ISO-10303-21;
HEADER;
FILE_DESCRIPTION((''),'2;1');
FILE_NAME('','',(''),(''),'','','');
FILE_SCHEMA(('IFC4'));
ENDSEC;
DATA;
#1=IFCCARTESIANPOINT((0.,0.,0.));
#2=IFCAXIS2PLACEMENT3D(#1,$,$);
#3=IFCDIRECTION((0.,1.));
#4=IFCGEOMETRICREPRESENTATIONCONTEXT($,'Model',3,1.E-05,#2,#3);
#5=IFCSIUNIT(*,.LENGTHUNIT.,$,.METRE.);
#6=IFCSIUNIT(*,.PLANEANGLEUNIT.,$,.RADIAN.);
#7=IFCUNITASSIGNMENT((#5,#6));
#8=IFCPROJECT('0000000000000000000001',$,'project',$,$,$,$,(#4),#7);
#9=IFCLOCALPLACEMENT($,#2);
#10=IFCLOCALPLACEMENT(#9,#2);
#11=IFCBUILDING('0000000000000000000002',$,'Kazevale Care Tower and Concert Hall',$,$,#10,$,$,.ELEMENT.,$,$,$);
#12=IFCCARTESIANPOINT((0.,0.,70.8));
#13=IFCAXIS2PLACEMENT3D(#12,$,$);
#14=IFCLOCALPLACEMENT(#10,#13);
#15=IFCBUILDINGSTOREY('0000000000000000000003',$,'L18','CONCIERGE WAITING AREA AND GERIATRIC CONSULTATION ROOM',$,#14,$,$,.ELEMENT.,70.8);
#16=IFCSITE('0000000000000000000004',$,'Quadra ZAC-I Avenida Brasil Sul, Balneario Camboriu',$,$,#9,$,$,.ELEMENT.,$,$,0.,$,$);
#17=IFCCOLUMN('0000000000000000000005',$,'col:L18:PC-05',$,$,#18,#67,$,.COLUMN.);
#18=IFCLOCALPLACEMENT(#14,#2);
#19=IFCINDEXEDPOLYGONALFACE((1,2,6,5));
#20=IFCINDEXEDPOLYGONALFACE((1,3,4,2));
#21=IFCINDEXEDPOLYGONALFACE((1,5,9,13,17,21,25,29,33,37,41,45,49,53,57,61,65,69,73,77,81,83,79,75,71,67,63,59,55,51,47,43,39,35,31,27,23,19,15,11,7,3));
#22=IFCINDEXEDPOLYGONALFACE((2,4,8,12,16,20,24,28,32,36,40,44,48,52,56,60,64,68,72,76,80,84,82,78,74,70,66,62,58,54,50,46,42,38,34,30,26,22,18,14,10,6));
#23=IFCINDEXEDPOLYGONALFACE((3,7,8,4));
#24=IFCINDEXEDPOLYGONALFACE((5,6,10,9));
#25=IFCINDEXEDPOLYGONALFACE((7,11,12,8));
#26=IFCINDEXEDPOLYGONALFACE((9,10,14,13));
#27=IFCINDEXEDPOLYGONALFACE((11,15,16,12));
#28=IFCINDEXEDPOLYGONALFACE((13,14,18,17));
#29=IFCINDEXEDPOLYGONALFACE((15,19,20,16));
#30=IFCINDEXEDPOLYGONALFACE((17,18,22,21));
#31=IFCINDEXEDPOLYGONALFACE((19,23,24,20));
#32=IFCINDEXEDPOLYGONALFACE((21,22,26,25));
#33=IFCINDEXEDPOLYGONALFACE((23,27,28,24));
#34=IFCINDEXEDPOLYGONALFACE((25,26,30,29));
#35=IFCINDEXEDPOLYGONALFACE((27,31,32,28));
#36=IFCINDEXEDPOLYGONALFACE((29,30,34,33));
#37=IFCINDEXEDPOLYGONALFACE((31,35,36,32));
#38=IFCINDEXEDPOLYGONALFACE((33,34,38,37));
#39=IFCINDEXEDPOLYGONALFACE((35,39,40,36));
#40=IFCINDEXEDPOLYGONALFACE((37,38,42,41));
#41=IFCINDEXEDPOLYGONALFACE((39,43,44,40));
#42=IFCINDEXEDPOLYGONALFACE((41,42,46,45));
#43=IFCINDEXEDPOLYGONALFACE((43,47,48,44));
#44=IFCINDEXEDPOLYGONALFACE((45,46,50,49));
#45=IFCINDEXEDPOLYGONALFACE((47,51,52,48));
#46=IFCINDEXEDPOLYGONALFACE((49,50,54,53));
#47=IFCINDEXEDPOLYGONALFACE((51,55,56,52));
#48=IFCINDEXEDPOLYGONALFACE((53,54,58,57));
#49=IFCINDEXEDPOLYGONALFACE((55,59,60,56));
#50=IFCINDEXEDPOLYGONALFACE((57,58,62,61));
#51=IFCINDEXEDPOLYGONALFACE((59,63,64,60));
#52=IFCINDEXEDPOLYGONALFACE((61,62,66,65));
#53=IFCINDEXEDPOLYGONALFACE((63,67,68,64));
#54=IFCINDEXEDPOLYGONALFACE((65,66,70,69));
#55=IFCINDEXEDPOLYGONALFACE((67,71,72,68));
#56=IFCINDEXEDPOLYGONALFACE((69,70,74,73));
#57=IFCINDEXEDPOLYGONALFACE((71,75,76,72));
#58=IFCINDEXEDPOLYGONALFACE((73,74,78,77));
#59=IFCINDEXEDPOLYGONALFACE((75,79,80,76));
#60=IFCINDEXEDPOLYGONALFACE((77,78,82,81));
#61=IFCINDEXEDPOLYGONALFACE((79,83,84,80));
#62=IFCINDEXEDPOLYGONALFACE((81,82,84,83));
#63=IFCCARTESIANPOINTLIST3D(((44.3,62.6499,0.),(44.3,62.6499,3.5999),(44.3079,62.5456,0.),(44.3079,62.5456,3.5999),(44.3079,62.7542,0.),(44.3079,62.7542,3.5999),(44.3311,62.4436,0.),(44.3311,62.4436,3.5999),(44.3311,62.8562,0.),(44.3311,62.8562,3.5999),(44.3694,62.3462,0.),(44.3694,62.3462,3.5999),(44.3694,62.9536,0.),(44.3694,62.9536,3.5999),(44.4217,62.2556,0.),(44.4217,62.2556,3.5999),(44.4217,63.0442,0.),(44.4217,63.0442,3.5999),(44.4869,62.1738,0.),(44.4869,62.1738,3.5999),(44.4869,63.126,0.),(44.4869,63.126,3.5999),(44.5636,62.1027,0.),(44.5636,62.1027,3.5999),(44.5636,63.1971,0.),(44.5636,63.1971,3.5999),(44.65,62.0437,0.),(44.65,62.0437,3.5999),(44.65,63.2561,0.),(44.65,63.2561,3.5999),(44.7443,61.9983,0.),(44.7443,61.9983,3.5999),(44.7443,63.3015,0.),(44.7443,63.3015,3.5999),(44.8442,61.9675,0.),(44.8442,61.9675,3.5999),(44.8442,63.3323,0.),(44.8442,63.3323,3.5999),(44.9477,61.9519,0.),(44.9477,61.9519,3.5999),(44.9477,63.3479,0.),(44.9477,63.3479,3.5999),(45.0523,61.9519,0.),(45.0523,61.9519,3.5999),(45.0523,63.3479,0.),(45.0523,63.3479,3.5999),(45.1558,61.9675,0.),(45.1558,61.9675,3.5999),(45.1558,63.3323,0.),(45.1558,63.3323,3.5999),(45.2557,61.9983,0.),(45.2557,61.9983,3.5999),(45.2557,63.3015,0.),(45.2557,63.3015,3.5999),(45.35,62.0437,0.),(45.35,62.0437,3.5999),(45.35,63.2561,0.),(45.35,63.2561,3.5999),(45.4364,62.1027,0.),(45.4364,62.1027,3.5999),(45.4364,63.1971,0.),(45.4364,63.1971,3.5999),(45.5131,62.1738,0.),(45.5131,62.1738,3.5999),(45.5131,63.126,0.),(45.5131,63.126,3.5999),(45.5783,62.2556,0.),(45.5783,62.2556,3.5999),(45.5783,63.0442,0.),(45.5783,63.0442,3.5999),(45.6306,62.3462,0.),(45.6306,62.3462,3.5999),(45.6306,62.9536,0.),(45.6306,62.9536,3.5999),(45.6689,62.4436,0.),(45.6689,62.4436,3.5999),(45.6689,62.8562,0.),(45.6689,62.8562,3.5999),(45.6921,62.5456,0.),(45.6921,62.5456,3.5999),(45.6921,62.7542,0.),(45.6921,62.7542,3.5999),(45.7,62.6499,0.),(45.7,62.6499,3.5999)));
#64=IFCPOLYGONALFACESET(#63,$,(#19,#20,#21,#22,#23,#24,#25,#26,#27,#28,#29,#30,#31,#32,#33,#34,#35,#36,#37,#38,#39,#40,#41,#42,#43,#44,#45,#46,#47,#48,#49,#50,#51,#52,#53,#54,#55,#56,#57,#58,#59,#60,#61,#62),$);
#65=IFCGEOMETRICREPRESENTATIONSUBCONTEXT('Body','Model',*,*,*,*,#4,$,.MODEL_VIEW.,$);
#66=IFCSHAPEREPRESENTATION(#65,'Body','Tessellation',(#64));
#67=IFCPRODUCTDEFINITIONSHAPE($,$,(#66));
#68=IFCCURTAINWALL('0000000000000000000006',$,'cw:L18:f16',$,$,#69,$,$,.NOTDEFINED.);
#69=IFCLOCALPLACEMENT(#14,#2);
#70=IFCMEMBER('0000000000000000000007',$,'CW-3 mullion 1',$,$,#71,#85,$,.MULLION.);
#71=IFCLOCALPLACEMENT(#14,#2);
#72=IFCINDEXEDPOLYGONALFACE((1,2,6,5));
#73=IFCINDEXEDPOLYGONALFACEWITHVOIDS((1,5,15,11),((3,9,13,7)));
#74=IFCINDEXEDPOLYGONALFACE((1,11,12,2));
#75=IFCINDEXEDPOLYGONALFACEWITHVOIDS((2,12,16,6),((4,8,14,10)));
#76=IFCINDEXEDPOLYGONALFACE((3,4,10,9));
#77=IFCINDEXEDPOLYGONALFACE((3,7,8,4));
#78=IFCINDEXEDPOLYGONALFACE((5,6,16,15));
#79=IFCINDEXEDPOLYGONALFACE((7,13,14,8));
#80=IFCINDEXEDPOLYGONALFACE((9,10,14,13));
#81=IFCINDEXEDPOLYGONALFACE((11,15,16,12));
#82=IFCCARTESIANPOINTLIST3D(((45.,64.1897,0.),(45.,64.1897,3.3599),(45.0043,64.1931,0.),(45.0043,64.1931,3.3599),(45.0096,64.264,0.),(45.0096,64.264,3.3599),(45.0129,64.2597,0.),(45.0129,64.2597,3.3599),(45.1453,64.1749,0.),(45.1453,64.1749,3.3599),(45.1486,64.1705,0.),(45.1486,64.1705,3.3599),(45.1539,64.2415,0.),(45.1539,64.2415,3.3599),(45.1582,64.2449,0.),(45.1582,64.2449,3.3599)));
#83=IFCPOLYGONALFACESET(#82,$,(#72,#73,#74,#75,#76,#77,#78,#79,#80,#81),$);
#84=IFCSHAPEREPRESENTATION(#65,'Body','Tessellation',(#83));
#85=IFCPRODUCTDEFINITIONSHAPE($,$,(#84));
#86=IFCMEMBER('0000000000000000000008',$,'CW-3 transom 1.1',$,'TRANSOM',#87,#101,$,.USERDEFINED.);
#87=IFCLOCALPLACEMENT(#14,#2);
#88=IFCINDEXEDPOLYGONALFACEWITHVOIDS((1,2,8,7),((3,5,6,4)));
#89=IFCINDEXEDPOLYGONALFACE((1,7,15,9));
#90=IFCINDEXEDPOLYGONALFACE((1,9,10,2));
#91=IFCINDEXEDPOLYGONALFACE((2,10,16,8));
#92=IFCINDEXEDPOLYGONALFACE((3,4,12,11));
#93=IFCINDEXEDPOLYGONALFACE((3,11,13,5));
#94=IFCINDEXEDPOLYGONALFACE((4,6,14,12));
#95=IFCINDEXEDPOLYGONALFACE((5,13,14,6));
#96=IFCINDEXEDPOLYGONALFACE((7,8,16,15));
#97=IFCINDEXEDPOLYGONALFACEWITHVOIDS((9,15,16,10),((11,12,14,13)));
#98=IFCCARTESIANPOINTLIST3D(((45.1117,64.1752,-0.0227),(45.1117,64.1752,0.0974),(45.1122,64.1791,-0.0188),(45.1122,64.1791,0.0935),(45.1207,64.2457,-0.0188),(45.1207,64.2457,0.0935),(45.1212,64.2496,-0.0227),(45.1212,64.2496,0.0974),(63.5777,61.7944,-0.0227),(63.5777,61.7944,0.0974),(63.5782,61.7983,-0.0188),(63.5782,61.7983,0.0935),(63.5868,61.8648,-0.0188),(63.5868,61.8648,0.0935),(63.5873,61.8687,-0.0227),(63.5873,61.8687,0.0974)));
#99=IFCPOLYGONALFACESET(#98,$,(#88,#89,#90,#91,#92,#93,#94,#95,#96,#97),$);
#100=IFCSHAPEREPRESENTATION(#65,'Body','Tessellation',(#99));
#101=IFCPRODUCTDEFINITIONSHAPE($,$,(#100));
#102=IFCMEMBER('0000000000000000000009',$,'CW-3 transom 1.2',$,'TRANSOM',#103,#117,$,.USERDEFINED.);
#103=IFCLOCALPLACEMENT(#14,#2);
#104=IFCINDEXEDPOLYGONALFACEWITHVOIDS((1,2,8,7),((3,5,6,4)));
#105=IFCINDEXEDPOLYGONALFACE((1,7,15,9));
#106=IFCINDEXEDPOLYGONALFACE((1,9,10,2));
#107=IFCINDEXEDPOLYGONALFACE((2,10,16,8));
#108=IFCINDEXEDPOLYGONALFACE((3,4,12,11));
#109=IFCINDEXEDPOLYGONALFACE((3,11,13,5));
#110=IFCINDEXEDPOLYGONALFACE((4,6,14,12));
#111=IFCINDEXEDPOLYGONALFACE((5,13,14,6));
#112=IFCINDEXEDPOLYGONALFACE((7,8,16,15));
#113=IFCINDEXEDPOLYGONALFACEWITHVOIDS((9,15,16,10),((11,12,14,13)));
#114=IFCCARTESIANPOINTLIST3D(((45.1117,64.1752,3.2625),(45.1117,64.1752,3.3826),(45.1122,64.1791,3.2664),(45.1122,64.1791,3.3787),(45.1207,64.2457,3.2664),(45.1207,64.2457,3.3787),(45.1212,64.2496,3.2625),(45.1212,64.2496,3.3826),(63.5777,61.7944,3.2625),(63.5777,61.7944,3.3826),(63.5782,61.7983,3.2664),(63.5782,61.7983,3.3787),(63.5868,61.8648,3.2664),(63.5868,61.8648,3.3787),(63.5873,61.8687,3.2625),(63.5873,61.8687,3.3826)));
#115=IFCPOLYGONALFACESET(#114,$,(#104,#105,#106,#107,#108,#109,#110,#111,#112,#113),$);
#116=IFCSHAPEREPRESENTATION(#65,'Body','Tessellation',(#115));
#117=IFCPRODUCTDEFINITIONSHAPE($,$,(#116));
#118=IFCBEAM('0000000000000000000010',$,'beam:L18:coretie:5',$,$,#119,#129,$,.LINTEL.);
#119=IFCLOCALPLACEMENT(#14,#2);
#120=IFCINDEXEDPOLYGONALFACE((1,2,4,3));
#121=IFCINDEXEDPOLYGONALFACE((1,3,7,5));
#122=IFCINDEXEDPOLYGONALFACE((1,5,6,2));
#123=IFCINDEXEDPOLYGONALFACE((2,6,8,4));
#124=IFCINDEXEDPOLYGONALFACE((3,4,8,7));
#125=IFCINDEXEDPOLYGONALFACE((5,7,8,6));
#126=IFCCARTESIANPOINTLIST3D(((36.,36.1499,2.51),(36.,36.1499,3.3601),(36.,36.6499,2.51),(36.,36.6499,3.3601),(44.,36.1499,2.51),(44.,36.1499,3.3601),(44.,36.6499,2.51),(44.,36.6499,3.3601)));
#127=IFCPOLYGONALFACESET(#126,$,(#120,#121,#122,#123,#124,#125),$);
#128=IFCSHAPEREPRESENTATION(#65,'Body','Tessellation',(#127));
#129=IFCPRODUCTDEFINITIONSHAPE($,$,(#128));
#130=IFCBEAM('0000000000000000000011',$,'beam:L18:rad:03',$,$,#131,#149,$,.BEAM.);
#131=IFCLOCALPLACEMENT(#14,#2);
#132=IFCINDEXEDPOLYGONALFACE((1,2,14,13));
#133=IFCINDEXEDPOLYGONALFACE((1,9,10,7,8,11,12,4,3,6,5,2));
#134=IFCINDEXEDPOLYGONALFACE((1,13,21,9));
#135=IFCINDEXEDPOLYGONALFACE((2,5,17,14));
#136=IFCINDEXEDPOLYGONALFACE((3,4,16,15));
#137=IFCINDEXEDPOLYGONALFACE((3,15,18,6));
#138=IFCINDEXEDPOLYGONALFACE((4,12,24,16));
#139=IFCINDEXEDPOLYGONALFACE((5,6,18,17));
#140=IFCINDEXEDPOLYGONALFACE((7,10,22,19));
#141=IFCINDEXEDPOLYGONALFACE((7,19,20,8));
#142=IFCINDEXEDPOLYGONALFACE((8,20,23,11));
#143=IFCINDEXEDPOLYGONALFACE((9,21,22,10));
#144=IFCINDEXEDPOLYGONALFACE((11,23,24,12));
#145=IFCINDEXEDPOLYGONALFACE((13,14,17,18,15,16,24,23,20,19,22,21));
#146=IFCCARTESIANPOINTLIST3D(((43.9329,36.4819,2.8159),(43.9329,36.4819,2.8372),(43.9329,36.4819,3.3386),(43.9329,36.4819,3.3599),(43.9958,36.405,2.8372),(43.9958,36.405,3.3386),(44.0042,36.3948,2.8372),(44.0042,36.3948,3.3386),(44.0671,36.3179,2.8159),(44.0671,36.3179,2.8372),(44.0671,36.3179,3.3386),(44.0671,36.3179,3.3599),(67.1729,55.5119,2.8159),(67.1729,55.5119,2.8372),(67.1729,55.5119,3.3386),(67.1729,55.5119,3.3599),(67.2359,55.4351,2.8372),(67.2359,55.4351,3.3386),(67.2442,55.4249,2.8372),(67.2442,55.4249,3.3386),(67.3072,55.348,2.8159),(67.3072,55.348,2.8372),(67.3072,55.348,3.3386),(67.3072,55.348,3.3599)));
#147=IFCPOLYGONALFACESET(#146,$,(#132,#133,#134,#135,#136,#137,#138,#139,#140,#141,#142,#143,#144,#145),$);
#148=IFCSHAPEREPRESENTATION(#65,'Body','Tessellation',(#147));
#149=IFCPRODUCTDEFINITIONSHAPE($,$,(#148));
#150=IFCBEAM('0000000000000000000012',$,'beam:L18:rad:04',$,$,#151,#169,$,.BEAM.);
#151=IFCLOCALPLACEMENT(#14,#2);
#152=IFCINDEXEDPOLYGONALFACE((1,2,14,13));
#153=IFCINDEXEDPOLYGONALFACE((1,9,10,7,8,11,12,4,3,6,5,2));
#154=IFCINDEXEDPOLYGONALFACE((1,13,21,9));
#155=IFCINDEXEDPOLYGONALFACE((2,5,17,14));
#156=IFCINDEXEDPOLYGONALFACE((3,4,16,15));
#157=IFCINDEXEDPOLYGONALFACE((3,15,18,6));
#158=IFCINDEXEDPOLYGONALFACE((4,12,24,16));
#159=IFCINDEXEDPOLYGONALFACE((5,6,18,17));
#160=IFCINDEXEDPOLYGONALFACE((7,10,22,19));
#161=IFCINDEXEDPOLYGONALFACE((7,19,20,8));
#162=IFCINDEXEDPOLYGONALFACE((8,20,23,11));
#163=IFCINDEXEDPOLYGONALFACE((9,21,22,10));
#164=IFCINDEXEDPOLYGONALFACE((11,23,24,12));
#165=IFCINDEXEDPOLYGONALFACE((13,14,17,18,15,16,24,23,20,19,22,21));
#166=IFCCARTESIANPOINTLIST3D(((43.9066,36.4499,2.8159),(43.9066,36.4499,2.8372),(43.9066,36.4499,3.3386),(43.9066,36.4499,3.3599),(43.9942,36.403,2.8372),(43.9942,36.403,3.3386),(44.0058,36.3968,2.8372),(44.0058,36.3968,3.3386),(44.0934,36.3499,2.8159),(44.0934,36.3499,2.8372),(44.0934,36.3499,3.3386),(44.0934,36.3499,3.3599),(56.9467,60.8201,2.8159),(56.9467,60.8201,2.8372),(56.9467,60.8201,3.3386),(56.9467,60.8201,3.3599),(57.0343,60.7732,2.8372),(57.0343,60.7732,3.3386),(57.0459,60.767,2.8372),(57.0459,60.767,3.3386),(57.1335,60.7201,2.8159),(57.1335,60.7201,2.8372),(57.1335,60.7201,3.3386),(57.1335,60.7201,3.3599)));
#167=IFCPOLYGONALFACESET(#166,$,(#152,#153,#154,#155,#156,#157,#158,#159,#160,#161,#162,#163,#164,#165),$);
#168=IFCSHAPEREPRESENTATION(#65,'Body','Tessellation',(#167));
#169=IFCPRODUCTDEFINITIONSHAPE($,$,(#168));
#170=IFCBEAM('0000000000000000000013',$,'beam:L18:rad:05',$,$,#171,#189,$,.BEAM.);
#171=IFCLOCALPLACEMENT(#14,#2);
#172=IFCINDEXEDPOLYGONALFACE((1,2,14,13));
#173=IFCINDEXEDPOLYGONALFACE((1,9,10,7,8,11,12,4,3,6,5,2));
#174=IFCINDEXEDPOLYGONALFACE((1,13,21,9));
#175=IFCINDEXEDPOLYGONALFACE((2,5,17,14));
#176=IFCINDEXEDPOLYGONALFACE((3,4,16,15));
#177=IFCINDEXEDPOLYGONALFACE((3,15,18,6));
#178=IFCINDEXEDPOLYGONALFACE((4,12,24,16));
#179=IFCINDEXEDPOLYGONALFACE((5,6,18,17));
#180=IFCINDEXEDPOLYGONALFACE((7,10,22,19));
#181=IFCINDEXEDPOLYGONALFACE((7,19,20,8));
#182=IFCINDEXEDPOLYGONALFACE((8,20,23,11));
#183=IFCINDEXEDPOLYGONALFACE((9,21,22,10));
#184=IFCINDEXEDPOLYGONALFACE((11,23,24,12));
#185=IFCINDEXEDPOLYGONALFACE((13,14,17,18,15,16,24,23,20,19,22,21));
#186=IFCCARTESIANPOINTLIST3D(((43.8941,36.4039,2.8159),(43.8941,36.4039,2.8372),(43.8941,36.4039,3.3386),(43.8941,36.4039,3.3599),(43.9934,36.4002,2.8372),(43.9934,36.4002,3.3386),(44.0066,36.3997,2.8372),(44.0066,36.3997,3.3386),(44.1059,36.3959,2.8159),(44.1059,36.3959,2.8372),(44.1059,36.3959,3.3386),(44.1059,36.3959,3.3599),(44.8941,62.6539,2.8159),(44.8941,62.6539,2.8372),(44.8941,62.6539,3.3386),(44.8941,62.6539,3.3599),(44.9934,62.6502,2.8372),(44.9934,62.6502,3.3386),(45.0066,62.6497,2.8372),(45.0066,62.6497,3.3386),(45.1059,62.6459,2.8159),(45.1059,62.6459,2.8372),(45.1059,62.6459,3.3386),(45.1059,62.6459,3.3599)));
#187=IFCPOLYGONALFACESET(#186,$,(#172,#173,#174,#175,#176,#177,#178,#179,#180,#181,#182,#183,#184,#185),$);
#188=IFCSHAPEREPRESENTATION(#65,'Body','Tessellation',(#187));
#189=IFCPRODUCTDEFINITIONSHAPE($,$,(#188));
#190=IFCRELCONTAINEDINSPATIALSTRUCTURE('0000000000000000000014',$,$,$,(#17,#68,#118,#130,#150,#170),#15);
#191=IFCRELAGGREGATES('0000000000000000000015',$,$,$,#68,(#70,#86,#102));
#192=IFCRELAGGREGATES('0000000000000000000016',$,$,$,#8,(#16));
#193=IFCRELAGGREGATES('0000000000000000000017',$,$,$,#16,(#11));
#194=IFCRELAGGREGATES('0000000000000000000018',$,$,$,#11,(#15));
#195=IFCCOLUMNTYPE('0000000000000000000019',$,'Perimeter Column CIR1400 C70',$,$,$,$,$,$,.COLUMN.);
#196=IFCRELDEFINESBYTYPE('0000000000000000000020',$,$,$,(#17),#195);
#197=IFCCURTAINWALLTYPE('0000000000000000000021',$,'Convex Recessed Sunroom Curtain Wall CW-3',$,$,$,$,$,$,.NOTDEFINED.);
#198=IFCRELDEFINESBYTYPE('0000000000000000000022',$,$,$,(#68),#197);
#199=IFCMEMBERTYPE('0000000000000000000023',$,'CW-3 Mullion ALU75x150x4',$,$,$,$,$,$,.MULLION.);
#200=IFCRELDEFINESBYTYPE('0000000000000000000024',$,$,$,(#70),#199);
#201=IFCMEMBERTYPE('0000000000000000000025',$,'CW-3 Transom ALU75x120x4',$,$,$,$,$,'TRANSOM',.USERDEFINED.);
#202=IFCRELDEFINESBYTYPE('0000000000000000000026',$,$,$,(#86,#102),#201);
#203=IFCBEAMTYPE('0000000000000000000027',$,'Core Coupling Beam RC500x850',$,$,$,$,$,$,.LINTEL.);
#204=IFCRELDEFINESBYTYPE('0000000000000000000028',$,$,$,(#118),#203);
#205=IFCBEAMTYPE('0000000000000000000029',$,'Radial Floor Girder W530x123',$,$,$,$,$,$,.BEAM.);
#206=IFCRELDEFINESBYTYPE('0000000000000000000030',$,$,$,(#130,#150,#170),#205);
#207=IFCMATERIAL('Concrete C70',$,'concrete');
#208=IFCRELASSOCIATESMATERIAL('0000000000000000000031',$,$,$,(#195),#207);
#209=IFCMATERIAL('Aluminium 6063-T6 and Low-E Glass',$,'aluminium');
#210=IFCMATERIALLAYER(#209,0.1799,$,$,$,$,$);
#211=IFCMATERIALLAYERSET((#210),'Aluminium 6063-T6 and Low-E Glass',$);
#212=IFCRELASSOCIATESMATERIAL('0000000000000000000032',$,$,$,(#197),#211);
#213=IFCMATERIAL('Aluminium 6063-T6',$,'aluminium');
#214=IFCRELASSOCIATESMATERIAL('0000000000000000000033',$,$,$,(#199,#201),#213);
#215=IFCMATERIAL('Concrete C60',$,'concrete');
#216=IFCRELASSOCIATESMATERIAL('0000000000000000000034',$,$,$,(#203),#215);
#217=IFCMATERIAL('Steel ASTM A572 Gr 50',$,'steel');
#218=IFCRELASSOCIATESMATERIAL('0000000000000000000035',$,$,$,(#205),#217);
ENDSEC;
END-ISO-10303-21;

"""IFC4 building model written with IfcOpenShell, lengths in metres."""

from ifc_helpers import new_model, si_unit, direction, frame, origin, origin_2d, place, context, subcontext, project, spatial, rectangle, hollow_rectangle, circle, i_section, extrude, material, layer, layer_set, material_profile, profile_set, type_object, element, aggregate, save


model = new_model("IFC4")

# Units and contexts
model_context = context("Model", 3, precision=1e-05, world=origin(), true_north=direction((0.0, 1.0)))
body_context = subcontext(model_context, "Body", "Model", "MODEL_VIEW")
ifc_project = project(units=[si_unit("LENGTHUNIT", "METRE"), si_unit("PLANEANGLEUNIT", "RADIAN")], contexts=[model_context])

# Site, building, storey
site_placement = place(None, origin())
site = spatial("IfcSite", under=ifc_project, at=site_placement, Name="Quadra ZAC-I Avenida Brasil Sul, Balneario Camboriu", CompositionType="ELEMENT", RefElevation=0.0)
building_placement = place(site_placement, origin())
building = spatial("IfcBuilding", under=site, at=building_placement, Name="Kazevale Care Tower and Concert Hall", CompositionType="ELEMENT")
storey_placement = place(building_placement, frame((0.0, 0.0, 70.8)))
storey = spatial("IfcBuildingStorey", under=building, at=storey_placement, Name="L18", Description="CONCIERGE WAITING AREA AND GERIATRIC CONSULTATION ROOM", CompositionType="ELEMENT", Elevation=70.8)

# Column
ifc_material_1 = material(Name="Concrete C70", Category="concrete")
ifc_material_profile_1 = material_profile(ifc_material_1, circle(Radius=0.7, at=origin_2d()), Name="RC-CIR1400")
ifc_profile_set_1 = profile_set([ifc_material_profile_1], Name="Concrete C70")
column_type = type_object("IfcColumnType", Name="Perimeter Column CIR1400 C70", PredefinedType="COLUMN", material=ifc_profile_set_1)
column_placement = place(storey_placement, frame((45.0, 62.6499, 0.0), z_axis=(0.0, 0.0, 1.0), x_axis=(1.0, 0.0, 0.0)))
element("IfcColumn", 1, at=column_placement, inside=storey, type_object=column_type, Name="col:L18:PC-05", PredefinedType="COLUMN", context=body_context, shape_type="SweptSolid", body=[
    extrude(circle(Radius=0.7, at=origin_2d()), origin(), (0.0, 0.0, 1.0), 3.5999),
])

# Curtain wall, members
ifc_material_2 = material(Name="Aluminium 6063-T6 and Low-E Glass", Category="aluminium")
ifc_layer_1 = layer(ifc_material_2, 0.1799)
ifc_layer_set_1 = layer_set([ifc_layer_1], Name="Aluminium 6063-T6 and Low-E Glass")
curtain_wall_type = type_object("IfcCurtainWallType", Name="Convex Recessed Sunroom Curtain Wall CW-3", PredefinedType="NOTDEFINED", material=ifc_layer_set_1)
curtain_wall_placement = place(storey_placement, origin())
curtain_wall = element("IfcCurtainWall", 2, at=curtain_wall_placement, inside=storey, type_object=curtain_wall_type, Name="cw:L18:f16", PredefinedType="NOTDEFINED")
ifc_material_3 = material(Name="Aluminium 6063-T6", Category="aluminium")
ifc_material_profile_2 = material_profile(ifc_material_3, hollow_rectangle(XDim=0.075, YDim=0.1499, WallThickness=0.0039, at=origin_2d()), Name="ALU75x150x4")
ifc_profile_set_2 = profile_set([ifc_material_profile_2], Name="Aluminium 6063-T6")
member_type_1 = type_object("IfcMemberType", Name="CW-3 Mullion ALU75x150x4", PredefinedType="MULLION", material=ifc_profile_set_2)
member_1_placement = place(storey_placement, frame((45.0791, 64.2173, 0.0), z_axis=(0.0, 0.0, 1.0), x_axis=(0.12787, 0.991791, 0.0)))
member_1 = element("IfcMember", 3, at=member_1_placement, type_object=member_type_1, Name="CW-3 mullion 1", PredefinedType="MULLION", context=body_context, shape_type="SweptSolid", body=[
    extrude(hollow_rectangle(XDim=0.075, YDim=0.1499, WallThickness=0.0039, at=origin_2d()), origin(), (0.0, 0.0, 1.0), 3.3599),
])
ifc_material_profile_3 = material_profile(ifc_material_3, hollow_rectangle(XDim=0.075, YDim=0.1201, WallThickness=0.0039, at=origin_2d()), Name="ALU75x120x4")
ifc_profile_set_3 = profile_set([ifc_material_profile_3], Name="Aluminium 6063-T6")
member_type_2 = type_object("IfcMemberType", Name="CW-3 Transom ALU75x120x4", ElementType="TRANSOM", PredefinedType="USERDEFINED", material=ifc_profile_set_3)
member_2_placement = place(storey_placement, frame((45.1165, 64.2124, 0.0374), z_axis=(0.991791, -0.127873, 0.0), x_axis=(0.127873, 0.991791, 0.0)))
member_2 = element("IfcMember", 4, at=member_2_placement, type_object=member_type_2, Name="CW-3 transom 1.1", ObjectType="TRANSOM", PredefinedType="USERDEFINED", context=body_context, shape_type="SweptSolid", body=[
    extrude(hollow_rectangle(XDim=0.075, YDim=0.1201, WallThickness=0.0039, at=origin_2d()), origin(), (0.0, 0.0, 1.0), 18.6189),
])
member_3_placement = place(storey_placement, frame((45.1165, 64.2124, 3.3225), z_axis=(0.991791, -0.127873, 0.0), x_axis=(0.127873, 0.991791, 0.0)))
member_3 = element("IfcMember", 5, at=member_3_placement, type_object=member_type_2, Name="CW-3 transom 1.2", ObjectType="TRANSOM", PredefinedType="USERDEFINED", context=body_context, shape_type="SweptSolid", body=[
    extrude(hollow_rectangle(XDim=0.075, YDim=0.1201, WallThickness=0.0039, at=origin_2d()), origin(), (0.0, 0.0, 1.0), 18.6189),
])
aggregate(curtain_wall, [member_1, member_2, member_3])

# Beams
ifc_material_4 = material(Name="Concrete C60", Category="concrete")
ifc_material_profile_4 = material_profile(ifc_material_4, rectangle(XDim=0.5, YDim=0.8501, at=origin_2d()), Name="RC-B500x850")
ifc_profile_set_4 = profile_set([ifc_material_profile_4], Name="Concrete C60")
beam_type_1 = type_object("IfcBeamType", Name="Core Coupling Beam RC500x850", PredefinedType="LINTEL", material=ifc_profile_set_4)
beam_1_placement = place(storey_placement, frame((44.0, 36.3999, 2.9351), z_axis=(-1.0, 0.0, 0.0), x_axis=(0.0, -1.0, 0.0)))
element("IfcBeam", 6, at=beam_1_placement, inside=storey, type_object=beam_type_1, Name="beam:L18:coretie:5", PredefinedType="LINTEL", context=body_context, shape_type="SweptSolid", body=[
    extrude(rectangle(XDim=0.5, YDim=0.8501, at=origin_2d()), origin(), (0.0, 0.0, 1.0), 8.0),
])
ifc_material_5 = material(Name="Steel ASTM A572 Gr 50", Category="steel")
ifc_material_profile_5 = material_profile(ifc_material_5, i_section(OverallWidth=0.2119, OverallDepth=0.5439, WebThickness=0.0132, FlangeThickness=0.0212, at=origin_2d()), Name="W530x123")
ifc_profile_set_5 = profile_set([ifc_material_profile_5], Name="Steel ASTM A572 Gr 50")
beam_type_2 = type_object("IfcBeamType", Name="Radial Floor Girder W530x123", PredefinedType="BEAM", material=ifc_profile_set_5)
beam_2_placement = place(storey_placement, frame((44.0, 36.3999, 3.0879), z_axis=(0.773704, 0.633547, 0.0), x_axis=(-0.633547, 0.773704, 0.0)))
element("IfcBeam", 7, at=beam_2_placement, inside=storey, type_object=beam_type_2, Name="beam:L18:rad:03", PredefinedType="BEAM", context=body_context, shape_type="SweptSolid", body=[
    extrude(i_section(OverallWidth=0.2119, OverallDepth=0.5439, WebThickness=0.0132, FlangeThickness=0.0212, at=origin_2d()), origin(), (0.0, 0.0, 1.0), 30.0374),
])
beam_3_placement = place(storey_placement, frame((44.0, 36.3999, 3.0879), z_axis=(0.471789, 0.881712, 0.0), x_axis=(-0.881712, 0.471789, 0.0)))
element("IfcBeam", 8, at=beam_3_placement, inside=storey, type_object=beam_type_2, Name="beam:L18:rad:04", PredefinedType="BEAM", context=body_context, shape_type="SweptSolid", body=[
    extrude(i_section(OverallWidth=0.2119, OverallDepth=0.5439, WebThickness=0.0132, FlangeThickness=0.0212, at=origin_2d()), origin(), (0.0, 0.0, 1.0), 27.6396),
])
beam_4_placement = place(storey_placement, frame((44.0, 36.3999, 3.0879), z_axis=(0.038068, 0.999275, 0.0), x_axis=(-0.999275, 0.038068, 0.0)))
element("IfcBeam", 9, at=beam_4_placement, inside=storey, type_object=beam_type_2, Name="beam:L18:rad:05", PredefinedType="BEAM", context=body_context, shape_type="SweptSolid", body=[
    extrude(i_section(OverallWidth=0.2119, OverallDepth=0.5439, WebThickness=0.0132, FlangeThickness=0.0212, at=origin_2d()), origin(), (0.0, 0.0, 1.0), 26.269),
])

save(model, "model.ifc")
